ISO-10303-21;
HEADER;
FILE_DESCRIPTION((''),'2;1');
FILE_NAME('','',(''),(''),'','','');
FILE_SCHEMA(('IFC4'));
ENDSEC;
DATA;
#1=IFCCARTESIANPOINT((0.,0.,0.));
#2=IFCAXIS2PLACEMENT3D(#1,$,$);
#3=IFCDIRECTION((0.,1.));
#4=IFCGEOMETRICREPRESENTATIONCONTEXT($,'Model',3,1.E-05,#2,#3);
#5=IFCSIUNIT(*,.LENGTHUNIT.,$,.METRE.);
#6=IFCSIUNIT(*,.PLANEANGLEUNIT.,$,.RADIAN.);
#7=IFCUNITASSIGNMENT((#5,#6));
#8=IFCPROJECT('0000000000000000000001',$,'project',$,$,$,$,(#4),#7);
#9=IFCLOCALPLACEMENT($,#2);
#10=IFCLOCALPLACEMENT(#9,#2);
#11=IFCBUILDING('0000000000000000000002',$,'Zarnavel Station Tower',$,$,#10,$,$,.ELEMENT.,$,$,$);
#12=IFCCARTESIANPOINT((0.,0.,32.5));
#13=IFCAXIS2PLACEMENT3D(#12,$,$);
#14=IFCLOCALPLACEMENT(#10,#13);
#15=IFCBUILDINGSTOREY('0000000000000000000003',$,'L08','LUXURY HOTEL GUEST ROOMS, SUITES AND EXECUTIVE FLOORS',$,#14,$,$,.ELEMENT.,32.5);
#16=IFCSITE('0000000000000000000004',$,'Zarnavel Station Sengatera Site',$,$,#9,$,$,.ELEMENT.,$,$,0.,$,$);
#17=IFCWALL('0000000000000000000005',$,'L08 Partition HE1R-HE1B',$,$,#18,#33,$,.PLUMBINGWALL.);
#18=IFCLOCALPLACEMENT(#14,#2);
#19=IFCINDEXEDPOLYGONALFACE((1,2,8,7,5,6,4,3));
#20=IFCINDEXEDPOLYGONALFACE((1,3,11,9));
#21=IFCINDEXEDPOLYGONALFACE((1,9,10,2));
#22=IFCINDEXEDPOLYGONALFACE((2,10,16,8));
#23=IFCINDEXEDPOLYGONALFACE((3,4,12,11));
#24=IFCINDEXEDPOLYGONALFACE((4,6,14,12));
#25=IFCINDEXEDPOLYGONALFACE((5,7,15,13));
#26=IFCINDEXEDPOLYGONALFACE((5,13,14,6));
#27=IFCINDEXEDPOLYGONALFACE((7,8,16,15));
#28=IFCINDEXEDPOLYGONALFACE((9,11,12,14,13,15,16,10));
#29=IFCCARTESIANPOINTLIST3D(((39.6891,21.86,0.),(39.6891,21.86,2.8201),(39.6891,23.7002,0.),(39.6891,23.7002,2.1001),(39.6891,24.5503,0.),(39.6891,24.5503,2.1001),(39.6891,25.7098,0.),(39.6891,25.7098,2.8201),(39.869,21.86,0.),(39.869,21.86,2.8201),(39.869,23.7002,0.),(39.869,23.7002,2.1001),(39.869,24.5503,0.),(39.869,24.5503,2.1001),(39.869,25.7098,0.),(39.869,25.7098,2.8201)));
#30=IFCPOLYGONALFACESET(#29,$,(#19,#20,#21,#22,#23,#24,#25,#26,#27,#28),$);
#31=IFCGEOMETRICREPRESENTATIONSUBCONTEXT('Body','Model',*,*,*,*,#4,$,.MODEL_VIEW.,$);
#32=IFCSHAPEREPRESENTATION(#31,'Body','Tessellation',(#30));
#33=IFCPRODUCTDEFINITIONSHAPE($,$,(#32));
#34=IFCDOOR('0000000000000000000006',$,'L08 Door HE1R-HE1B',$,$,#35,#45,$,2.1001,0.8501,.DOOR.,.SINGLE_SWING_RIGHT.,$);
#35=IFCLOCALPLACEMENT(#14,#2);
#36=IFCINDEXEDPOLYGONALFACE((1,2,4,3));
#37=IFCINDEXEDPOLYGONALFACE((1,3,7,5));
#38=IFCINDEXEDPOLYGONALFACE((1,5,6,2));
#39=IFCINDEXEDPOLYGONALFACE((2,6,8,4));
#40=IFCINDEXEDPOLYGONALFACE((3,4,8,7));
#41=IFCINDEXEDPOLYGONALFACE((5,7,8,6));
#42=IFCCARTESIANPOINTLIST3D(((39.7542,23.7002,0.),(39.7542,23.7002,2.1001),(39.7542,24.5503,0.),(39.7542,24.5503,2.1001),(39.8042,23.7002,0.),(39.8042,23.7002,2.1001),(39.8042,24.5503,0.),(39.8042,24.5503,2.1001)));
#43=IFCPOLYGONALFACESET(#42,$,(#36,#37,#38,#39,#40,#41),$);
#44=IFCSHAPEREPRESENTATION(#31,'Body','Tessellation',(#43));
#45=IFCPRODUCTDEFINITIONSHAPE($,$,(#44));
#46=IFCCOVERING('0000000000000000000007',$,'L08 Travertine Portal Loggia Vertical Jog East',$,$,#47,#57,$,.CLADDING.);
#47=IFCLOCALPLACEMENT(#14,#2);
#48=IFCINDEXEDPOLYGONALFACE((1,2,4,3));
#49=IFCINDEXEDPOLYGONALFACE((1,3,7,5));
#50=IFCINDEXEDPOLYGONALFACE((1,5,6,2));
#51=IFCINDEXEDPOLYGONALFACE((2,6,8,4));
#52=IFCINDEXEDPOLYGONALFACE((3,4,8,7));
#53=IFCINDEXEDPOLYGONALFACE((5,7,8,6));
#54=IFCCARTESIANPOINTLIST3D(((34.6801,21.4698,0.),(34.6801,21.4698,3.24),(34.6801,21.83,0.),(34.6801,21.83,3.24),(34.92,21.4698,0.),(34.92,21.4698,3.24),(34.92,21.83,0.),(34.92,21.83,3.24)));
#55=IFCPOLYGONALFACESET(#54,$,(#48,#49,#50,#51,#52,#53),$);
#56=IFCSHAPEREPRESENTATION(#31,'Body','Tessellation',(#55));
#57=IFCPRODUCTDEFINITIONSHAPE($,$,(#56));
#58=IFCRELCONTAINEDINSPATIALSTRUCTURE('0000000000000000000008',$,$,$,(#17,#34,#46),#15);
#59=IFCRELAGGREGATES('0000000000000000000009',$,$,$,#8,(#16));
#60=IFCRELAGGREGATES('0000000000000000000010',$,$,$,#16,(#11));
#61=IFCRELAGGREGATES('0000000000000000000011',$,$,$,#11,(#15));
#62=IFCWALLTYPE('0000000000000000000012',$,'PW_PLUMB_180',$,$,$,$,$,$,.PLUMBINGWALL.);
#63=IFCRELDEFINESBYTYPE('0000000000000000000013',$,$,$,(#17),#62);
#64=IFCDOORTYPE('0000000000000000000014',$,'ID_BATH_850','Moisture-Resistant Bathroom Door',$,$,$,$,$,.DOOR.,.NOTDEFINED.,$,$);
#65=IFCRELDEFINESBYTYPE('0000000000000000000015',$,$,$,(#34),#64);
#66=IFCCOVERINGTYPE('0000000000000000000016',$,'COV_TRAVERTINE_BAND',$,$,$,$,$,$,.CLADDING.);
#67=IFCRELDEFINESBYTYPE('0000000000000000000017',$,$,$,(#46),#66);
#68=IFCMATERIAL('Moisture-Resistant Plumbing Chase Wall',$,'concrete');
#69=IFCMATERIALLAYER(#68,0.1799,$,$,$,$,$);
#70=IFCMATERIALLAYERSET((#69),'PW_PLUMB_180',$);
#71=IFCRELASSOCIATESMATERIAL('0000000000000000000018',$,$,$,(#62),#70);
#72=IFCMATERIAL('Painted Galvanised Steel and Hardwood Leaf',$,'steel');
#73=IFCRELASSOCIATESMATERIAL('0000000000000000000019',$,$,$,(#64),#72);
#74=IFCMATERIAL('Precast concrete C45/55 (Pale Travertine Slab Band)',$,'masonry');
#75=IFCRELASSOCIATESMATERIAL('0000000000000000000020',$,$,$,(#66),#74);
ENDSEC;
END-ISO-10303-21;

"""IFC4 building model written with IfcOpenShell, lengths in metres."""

from ifc_helpers import new_model, si_unit, direction, frame, frame_2d, origin, origin_2d, place, context, subcontext, project, spatial, rectangle, extrude, material, layer, layer_set, type_object, element, fill, save


model = new_model("IFC4")

# Units and contexts
model_context = context("Model", 3, precision=1e-05, world=origin(), true_north=direction((0.0, 1.0)))
body_context = subcontext(model_context, "Body", "Model", "MODEL_VIEW")
ifc_project = project(units=[si_unit("LENGTHUNIT", "METRE"), si_unit("PLANEANGLEUNIT", "RADIAN")], contexts=[model_context])

# Site, building, storey
site_placement = place(None, origin())
site = spatial("IfcSite", under=ifc_project, at=site_placement, Name="Zarnavel Station Sengatera Site", CompositionType="ELEMENT", RefElevation=0.0)
building_placement = place(site_placement, origin())
building = spatial("IfcBuilding", under=site, at=building_placement, Name="Zarnavel Station Tower", CompositionType="ELEMENT")
storey_placement = place(building_placement, frame((0.0, 0.0, 32.5)))
storey = spatial("IfcBuildingStorey", under=building, at=storey_placement, Name="L08", Description="LUXURY HOTEL GUEST ROOMS, SUITES AND EXECUTIVE FLOORS", CompositionType="ELEMENT", Elevation=32.5)

# Wall, opening, door
ifc_material_1 = material(Name="Moisture-Resistant Plumbing Chase Wall", Category="concrete")
ifc_layer_1 = layer(ifc_material_1, 0.1799)
ifc_layer_set_1 = layer_set([ifc_layer_1], Name="PW_PLUMB_180")
wall_type_1 = type_object("IfcWallType", Name="PW_PLUMB_180", PredefinedType="PLUMBINGWALL", material=ifc_layer_set_1)
wall_1_placement = place(storey_placement, frame((39.7791, 21.8601, 0.0), z_axis=(0.0, 0.0, 1.0), x_axis=(0.0, 1.0, 0.0)))
wall_1 = element("IfcWall", 1, at=wall_1_placement, inside=storey, type_object=wall_type_1, Name="L08 Partition HE1R-HE1B", PredefinedType="PLUMBINGWALL", context=body_context, shape_type="SweptSolid", body=[
    extrude(rectangle(XDim=3.8499, YDim=0.1799, at=frame_2d((1.9248, 0.0))), origin(), (0.0, 0.0, 1.0), 2.8201),
])
opening_placement = place(wall_1_placement, frame((1.8401, 0.0, 0.0)))
opening = element("IfcOpeningElement", 2, at=opening_placement, cuts=wall_1, PredefinedType="OPENING", context=body_context, shape_type="SweptSolid", body=[
    extrude(rectangle(XDim=0.8501, YDim=2.1001, at=frame_2d((0.425, 1.05))), frame((0.0, 0.0999, 0.0), z_axis=(0.0, -1.0, 0.0), x_axis=(1.0, 0.0, 0.0)), (0.0, 0.0, 1.0), 0.2),
])
ifc_material_2 = material(Name="Painted Galvanised Steel and Hardwood Leaf", Category="steel")
door_type = type_object("IfcDoorType", Name="ID_BATH_850", Description="Moisture-Resistant Bathroom Door", OperationType="NOTDEFINED", PredefinedType="DOOR", material=ifc_material_2)
door_placement = place(opening_placement, origin())
door = element("IfcDoor", 3, at=door_placement, inside=storey, type_object=door_type, Name="L08 Door HE1R-HE1B", OperationType="SINGLE_SWING_RIGHT", OverallHeight=2.1001, OverallWidth=0.8501, PredefinedType="DOOR", context=body_context, shape_type="SweptSolid", body=[
    extrude(rectangle(XDim=0.8501, YDim=2.1001, at=frame_2d((0.425, 1.05))), frame((0.0, 0.0249, 0.0), z_axis=(0.0, -1.0, 0.0), x_axis=(1.0, 0.0, 0.0)), (0.0, 0.0, 1.0), 0.05),
])
fill(opening, door)

# Covering
ifc_material_3 = material(Name="Precast concrete C45/55 (Pale Travertine Slab Band)", Category="masonry")
covering_type = type_object("IfcCoveringType", Name="COV_TRAVERTINE_BAND", PredefinedType="CLADDING", material=ifc_material_3)
covering_placement = place(storey_placement, frame((34.8, 21.6499, 0.0), z_axis=(0.0, 0.0, 1.0), x_axis=(1.0, 0.0, 0.0)))
element("IfcCovering", 4, at=covering_placement, inside=storey, type_object=covering_type, Name="L08 Travertine Portal Loggia Vertical Jog East", PredefinedType="CLADDING", context=body_context, shape_type="SweptSolid", body=[
    extrude(rectangle(XDim=0.24, YDim=0.3601, at=origin_2d()), origin(), (0.0, 0.0, 1.0), 3.24),
])

save(model, "model.ifc")
